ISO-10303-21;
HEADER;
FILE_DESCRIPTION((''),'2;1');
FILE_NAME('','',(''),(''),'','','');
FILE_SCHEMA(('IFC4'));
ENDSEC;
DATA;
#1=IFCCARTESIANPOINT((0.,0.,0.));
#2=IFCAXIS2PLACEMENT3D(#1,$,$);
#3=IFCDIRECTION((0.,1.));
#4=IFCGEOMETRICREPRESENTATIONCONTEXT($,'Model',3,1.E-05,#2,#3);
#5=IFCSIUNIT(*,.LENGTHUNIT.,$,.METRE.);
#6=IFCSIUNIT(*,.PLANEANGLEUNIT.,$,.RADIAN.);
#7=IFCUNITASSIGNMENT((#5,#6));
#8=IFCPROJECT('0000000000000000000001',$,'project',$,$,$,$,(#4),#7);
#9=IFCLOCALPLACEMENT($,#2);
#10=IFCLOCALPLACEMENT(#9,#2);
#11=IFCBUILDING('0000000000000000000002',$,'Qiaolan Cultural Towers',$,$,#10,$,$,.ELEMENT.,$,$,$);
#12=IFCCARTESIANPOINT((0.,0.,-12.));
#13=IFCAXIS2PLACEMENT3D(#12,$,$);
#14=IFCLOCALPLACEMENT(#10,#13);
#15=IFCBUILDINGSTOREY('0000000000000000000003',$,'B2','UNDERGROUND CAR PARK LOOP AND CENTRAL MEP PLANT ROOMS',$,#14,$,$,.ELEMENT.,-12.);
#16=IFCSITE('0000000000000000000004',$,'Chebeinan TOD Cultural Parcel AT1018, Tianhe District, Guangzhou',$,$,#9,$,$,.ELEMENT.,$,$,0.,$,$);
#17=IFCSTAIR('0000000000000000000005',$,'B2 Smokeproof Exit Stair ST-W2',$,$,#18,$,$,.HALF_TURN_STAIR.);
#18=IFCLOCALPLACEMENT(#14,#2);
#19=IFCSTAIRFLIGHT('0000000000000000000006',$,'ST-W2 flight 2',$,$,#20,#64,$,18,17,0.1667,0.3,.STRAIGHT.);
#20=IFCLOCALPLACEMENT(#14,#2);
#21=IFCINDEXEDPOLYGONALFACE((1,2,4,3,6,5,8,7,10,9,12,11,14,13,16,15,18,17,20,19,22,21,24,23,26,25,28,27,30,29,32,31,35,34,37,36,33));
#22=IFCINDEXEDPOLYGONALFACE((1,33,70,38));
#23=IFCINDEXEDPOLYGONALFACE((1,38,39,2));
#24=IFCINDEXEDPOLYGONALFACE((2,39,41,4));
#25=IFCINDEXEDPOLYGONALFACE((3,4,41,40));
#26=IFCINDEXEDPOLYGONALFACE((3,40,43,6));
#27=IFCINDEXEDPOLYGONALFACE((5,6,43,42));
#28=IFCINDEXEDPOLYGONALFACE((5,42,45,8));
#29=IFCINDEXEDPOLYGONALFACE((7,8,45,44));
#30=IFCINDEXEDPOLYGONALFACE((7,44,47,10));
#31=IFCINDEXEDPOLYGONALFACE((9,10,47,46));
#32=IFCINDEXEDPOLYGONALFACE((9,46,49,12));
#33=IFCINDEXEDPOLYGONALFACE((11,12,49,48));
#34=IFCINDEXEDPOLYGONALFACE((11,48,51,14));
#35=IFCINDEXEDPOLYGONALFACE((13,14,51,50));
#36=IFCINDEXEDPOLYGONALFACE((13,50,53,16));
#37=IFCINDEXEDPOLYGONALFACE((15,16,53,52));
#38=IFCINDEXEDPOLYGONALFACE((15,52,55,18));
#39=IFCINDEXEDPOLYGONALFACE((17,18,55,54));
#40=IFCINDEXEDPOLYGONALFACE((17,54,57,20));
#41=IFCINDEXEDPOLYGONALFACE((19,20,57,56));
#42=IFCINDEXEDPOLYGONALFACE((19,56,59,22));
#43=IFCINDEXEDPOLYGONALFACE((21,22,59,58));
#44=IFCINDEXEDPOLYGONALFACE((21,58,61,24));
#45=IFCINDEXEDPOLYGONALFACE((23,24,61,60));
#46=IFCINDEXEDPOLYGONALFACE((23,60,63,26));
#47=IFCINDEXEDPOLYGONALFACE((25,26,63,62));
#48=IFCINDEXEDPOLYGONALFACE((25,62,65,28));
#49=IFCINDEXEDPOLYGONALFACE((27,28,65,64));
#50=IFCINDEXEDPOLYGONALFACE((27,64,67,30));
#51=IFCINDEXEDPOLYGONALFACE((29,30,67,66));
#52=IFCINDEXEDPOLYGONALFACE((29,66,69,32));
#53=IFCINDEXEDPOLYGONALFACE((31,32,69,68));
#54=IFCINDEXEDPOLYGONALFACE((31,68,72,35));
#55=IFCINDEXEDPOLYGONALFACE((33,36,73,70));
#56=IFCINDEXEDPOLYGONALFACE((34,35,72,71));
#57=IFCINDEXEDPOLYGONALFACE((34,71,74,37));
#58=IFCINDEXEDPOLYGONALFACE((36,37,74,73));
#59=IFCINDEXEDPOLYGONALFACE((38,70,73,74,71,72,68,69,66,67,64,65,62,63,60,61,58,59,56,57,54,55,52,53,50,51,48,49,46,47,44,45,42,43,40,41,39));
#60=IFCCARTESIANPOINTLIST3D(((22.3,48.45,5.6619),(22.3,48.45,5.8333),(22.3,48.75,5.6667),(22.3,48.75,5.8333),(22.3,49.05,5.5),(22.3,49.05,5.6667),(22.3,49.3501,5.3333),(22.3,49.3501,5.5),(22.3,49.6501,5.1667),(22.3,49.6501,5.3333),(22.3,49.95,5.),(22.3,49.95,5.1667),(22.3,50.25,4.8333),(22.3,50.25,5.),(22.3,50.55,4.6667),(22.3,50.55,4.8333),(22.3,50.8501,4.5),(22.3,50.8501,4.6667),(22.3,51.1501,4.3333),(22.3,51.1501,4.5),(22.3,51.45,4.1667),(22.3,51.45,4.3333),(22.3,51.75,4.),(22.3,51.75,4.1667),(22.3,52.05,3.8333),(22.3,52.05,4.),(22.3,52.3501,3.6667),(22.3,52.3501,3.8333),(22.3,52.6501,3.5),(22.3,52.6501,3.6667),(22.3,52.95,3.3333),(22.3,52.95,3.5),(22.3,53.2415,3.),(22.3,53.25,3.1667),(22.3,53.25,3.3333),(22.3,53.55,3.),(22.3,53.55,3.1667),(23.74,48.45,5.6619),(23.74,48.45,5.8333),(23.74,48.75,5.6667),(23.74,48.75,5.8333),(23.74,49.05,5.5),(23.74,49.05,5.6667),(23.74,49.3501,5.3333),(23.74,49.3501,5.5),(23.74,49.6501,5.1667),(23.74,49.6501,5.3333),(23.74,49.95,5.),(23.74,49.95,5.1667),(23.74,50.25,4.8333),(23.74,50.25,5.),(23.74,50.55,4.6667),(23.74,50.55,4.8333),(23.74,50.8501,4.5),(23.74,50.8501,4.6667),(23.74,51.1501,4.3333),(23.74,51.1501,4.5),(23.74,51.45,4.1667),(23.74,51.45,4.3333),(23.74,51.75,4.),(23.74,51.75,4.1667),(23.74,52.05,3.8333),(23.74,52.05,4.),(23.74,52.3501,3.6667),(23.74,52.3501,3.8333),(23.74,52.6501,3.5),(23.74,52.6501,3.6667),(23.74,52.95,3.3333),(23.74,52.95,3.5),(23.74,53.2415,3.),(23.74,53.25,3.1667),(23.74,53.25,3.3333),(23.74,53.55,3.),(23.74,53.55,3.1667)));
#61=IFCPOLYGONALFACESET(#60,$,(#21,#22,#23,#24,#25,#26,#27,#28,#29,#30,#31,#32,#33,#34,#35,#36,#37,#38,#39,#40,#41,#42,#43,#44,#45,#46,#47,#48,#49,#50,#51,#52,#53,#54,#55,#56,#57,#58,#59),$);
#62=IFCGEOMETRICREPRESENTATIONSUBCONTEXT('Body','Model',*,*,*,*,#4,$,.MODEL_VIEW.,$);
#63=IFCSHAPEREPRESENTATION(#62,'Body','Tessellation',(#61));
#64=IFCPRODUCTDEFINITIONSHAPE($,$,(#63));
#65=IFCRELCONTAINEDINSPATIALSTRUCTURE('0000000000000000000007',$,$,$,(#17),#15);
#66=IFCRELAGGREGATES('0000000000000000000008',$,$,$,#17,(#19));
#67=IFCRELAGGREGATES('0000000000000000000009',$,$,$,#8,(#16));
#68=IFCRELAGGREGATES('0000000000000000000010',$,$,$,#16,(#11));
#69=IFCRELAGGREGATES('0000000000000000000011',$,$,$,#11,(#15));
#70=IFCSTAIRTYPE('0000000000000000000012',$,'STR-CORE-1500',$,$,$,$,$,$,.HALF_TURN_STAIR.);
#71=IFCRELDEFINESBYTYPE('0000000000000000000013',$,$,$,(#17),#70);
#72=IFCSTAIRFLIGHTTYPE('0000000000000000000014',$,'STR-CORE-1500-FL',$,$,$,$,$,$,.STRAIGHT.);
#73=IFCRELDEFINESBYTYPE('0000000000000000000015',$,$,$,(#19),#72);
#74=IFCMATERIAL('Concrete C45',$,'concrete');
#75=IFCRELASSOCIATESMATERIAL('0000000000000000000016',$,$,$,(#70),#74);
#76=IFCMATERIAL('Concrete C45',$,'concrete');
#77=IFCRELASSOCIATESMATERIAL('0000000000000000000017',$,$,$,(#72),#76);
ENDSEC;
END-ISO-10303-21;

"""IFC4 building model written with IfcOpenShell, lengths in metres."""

from ifc_helpers import new_model, si_unit, direction, frame, origin, place, context, subcontext, project, spatial, polyline, outline, extrude, material, type_object, element, aggregate, save


model = new_model("IFC4")

# Units and contexts
model_context = context("Model", 3, precision=1e-05, world=origin(), true_north=direction((0.0, 1.0)))
body_context = subcontext(model_context, "Body", "Model", "MODEL_VIEW")
ifc_project = project(units=[si_unit("LENGTHUNIT", "METRE"), si_unit("PLANEANGLEUNIT", "RADIAN")], contexts=[model_context])

# Site, building, storey
site_placement = place(None, origin())
site = spatial("IfcSite", under=ifc_project, at=site_placement, Name="Chebeinan TOD Cultural Parcel AT1018, Tianhe District, Guangzhou", CompositionType="ELEMENT", RefElevation=0.0)
building_placement = place(site_placement, origin())
building = spatial("IfcBuilding", under=site, at=building_placement, Name="Qiaolan Cultural Towers", CompositionType="ELEMENT")
storey_placement = place(building_placement, frame((0.0, 0.0, -12.0)))
storey = spatial("IfcBuildingStorey", under=building, at=storey_placement, Name="B2", Description="UNDERGROUND CAR PARK LOOP AND CENTRAL MEP PLANT ROOMS", CompositionType="ELEMENT", Elevation=-12.0)

# Stair, stair flight
ifc_material_1 = material(Name="Concrete C45", Category="concrete")
stair_type = type_object("IfcStairType", Name="STR-CORE-1500", PredefinedType="HALF_TURN_STAIR", material=ifc_material_1)
stair_placement = place(storey_placement, origin())
stair = element("IfcStair", 1, at=stair_placement, inside=storey, type_object=stair_type, Name="B2 Smokeproof Exit Stair ST-W2", PredefinedType="HALF_TURN_STAIR")
ifc_material_2 = material(Name="Concrete C45", Category="concrete")
stair_flight_type = type_object("IfcStairFlightType", Name="STR-CORE-1500-FL", PredefinedType="STRAIGHT", material=ifc_material_2)
stair_flight_1_placement = place(storey_placement, frame((23.02, 53.55, 3.0), z_axis=(0.0, 0.0, 1.0), x_axis=(0.0, -1.0, 0.0)))
stair_flight_1 = element("IfcStairFlight", 2, at=stair_flight_1_placement, type_object=stair_flight_type, Name="ST-W2 flight 2", NumberOfRisers=18, NumberOfTreads=17, PredefinedType="STRAIGHT", RiserHeight=0.1667, TreadLength=0.3, context=body_context, shape_type="SweptSolid", body=[
    extrude(outline(polyline([(0.0, 0.0), (0.0, 0.1667), (0.3, 0.1667), (0.3, 0.3333), (0.6001, 0.3333), (0.6001, 0.5), (0.8999, 0.5), (0.8999, 0.6667), (1.2, 0.6667), (1.2, 0.8333), (1.5, 0.8333), (1.5, 1.0), (1.8, 1.0), (1.8, 1.1667), (2.1001, 1.1667), (2.1001, 1.3333), (2.3999, 1.3333), (2.3999, 1.5), (2.7, 1.5), (2.7, 1.6667), (3.0, 1.6667), (3.0, 1.8333), (3.3, 1.8333), (3.3, 2.0), (3.6001, 2.0), (3.6001, 2.1667), (3.8999, 2.1667), (3.8999, 2.3333), (4.2, 2.3333), (4.2, 2.5), (4.5, 2.5), (4.5, 2.6667), (4.8, 2.6667), (4.8, 2.8333), (5.1001, 2.8333), (5.1001, 3.0), (5.1001, 2.6619), (0.3086, 0.0), (0.0, 0.0)])), frame((0.0, 0.72, 0.0), z_axis=(0.0, -1.0, 0.0), x_axis=(1.0, 0.0, 0.0)), (0.0, 0.0, 1.0), 1.4399),
])
aggregate(stair, [stair_flight_1])

save(model, "model.ifc")
